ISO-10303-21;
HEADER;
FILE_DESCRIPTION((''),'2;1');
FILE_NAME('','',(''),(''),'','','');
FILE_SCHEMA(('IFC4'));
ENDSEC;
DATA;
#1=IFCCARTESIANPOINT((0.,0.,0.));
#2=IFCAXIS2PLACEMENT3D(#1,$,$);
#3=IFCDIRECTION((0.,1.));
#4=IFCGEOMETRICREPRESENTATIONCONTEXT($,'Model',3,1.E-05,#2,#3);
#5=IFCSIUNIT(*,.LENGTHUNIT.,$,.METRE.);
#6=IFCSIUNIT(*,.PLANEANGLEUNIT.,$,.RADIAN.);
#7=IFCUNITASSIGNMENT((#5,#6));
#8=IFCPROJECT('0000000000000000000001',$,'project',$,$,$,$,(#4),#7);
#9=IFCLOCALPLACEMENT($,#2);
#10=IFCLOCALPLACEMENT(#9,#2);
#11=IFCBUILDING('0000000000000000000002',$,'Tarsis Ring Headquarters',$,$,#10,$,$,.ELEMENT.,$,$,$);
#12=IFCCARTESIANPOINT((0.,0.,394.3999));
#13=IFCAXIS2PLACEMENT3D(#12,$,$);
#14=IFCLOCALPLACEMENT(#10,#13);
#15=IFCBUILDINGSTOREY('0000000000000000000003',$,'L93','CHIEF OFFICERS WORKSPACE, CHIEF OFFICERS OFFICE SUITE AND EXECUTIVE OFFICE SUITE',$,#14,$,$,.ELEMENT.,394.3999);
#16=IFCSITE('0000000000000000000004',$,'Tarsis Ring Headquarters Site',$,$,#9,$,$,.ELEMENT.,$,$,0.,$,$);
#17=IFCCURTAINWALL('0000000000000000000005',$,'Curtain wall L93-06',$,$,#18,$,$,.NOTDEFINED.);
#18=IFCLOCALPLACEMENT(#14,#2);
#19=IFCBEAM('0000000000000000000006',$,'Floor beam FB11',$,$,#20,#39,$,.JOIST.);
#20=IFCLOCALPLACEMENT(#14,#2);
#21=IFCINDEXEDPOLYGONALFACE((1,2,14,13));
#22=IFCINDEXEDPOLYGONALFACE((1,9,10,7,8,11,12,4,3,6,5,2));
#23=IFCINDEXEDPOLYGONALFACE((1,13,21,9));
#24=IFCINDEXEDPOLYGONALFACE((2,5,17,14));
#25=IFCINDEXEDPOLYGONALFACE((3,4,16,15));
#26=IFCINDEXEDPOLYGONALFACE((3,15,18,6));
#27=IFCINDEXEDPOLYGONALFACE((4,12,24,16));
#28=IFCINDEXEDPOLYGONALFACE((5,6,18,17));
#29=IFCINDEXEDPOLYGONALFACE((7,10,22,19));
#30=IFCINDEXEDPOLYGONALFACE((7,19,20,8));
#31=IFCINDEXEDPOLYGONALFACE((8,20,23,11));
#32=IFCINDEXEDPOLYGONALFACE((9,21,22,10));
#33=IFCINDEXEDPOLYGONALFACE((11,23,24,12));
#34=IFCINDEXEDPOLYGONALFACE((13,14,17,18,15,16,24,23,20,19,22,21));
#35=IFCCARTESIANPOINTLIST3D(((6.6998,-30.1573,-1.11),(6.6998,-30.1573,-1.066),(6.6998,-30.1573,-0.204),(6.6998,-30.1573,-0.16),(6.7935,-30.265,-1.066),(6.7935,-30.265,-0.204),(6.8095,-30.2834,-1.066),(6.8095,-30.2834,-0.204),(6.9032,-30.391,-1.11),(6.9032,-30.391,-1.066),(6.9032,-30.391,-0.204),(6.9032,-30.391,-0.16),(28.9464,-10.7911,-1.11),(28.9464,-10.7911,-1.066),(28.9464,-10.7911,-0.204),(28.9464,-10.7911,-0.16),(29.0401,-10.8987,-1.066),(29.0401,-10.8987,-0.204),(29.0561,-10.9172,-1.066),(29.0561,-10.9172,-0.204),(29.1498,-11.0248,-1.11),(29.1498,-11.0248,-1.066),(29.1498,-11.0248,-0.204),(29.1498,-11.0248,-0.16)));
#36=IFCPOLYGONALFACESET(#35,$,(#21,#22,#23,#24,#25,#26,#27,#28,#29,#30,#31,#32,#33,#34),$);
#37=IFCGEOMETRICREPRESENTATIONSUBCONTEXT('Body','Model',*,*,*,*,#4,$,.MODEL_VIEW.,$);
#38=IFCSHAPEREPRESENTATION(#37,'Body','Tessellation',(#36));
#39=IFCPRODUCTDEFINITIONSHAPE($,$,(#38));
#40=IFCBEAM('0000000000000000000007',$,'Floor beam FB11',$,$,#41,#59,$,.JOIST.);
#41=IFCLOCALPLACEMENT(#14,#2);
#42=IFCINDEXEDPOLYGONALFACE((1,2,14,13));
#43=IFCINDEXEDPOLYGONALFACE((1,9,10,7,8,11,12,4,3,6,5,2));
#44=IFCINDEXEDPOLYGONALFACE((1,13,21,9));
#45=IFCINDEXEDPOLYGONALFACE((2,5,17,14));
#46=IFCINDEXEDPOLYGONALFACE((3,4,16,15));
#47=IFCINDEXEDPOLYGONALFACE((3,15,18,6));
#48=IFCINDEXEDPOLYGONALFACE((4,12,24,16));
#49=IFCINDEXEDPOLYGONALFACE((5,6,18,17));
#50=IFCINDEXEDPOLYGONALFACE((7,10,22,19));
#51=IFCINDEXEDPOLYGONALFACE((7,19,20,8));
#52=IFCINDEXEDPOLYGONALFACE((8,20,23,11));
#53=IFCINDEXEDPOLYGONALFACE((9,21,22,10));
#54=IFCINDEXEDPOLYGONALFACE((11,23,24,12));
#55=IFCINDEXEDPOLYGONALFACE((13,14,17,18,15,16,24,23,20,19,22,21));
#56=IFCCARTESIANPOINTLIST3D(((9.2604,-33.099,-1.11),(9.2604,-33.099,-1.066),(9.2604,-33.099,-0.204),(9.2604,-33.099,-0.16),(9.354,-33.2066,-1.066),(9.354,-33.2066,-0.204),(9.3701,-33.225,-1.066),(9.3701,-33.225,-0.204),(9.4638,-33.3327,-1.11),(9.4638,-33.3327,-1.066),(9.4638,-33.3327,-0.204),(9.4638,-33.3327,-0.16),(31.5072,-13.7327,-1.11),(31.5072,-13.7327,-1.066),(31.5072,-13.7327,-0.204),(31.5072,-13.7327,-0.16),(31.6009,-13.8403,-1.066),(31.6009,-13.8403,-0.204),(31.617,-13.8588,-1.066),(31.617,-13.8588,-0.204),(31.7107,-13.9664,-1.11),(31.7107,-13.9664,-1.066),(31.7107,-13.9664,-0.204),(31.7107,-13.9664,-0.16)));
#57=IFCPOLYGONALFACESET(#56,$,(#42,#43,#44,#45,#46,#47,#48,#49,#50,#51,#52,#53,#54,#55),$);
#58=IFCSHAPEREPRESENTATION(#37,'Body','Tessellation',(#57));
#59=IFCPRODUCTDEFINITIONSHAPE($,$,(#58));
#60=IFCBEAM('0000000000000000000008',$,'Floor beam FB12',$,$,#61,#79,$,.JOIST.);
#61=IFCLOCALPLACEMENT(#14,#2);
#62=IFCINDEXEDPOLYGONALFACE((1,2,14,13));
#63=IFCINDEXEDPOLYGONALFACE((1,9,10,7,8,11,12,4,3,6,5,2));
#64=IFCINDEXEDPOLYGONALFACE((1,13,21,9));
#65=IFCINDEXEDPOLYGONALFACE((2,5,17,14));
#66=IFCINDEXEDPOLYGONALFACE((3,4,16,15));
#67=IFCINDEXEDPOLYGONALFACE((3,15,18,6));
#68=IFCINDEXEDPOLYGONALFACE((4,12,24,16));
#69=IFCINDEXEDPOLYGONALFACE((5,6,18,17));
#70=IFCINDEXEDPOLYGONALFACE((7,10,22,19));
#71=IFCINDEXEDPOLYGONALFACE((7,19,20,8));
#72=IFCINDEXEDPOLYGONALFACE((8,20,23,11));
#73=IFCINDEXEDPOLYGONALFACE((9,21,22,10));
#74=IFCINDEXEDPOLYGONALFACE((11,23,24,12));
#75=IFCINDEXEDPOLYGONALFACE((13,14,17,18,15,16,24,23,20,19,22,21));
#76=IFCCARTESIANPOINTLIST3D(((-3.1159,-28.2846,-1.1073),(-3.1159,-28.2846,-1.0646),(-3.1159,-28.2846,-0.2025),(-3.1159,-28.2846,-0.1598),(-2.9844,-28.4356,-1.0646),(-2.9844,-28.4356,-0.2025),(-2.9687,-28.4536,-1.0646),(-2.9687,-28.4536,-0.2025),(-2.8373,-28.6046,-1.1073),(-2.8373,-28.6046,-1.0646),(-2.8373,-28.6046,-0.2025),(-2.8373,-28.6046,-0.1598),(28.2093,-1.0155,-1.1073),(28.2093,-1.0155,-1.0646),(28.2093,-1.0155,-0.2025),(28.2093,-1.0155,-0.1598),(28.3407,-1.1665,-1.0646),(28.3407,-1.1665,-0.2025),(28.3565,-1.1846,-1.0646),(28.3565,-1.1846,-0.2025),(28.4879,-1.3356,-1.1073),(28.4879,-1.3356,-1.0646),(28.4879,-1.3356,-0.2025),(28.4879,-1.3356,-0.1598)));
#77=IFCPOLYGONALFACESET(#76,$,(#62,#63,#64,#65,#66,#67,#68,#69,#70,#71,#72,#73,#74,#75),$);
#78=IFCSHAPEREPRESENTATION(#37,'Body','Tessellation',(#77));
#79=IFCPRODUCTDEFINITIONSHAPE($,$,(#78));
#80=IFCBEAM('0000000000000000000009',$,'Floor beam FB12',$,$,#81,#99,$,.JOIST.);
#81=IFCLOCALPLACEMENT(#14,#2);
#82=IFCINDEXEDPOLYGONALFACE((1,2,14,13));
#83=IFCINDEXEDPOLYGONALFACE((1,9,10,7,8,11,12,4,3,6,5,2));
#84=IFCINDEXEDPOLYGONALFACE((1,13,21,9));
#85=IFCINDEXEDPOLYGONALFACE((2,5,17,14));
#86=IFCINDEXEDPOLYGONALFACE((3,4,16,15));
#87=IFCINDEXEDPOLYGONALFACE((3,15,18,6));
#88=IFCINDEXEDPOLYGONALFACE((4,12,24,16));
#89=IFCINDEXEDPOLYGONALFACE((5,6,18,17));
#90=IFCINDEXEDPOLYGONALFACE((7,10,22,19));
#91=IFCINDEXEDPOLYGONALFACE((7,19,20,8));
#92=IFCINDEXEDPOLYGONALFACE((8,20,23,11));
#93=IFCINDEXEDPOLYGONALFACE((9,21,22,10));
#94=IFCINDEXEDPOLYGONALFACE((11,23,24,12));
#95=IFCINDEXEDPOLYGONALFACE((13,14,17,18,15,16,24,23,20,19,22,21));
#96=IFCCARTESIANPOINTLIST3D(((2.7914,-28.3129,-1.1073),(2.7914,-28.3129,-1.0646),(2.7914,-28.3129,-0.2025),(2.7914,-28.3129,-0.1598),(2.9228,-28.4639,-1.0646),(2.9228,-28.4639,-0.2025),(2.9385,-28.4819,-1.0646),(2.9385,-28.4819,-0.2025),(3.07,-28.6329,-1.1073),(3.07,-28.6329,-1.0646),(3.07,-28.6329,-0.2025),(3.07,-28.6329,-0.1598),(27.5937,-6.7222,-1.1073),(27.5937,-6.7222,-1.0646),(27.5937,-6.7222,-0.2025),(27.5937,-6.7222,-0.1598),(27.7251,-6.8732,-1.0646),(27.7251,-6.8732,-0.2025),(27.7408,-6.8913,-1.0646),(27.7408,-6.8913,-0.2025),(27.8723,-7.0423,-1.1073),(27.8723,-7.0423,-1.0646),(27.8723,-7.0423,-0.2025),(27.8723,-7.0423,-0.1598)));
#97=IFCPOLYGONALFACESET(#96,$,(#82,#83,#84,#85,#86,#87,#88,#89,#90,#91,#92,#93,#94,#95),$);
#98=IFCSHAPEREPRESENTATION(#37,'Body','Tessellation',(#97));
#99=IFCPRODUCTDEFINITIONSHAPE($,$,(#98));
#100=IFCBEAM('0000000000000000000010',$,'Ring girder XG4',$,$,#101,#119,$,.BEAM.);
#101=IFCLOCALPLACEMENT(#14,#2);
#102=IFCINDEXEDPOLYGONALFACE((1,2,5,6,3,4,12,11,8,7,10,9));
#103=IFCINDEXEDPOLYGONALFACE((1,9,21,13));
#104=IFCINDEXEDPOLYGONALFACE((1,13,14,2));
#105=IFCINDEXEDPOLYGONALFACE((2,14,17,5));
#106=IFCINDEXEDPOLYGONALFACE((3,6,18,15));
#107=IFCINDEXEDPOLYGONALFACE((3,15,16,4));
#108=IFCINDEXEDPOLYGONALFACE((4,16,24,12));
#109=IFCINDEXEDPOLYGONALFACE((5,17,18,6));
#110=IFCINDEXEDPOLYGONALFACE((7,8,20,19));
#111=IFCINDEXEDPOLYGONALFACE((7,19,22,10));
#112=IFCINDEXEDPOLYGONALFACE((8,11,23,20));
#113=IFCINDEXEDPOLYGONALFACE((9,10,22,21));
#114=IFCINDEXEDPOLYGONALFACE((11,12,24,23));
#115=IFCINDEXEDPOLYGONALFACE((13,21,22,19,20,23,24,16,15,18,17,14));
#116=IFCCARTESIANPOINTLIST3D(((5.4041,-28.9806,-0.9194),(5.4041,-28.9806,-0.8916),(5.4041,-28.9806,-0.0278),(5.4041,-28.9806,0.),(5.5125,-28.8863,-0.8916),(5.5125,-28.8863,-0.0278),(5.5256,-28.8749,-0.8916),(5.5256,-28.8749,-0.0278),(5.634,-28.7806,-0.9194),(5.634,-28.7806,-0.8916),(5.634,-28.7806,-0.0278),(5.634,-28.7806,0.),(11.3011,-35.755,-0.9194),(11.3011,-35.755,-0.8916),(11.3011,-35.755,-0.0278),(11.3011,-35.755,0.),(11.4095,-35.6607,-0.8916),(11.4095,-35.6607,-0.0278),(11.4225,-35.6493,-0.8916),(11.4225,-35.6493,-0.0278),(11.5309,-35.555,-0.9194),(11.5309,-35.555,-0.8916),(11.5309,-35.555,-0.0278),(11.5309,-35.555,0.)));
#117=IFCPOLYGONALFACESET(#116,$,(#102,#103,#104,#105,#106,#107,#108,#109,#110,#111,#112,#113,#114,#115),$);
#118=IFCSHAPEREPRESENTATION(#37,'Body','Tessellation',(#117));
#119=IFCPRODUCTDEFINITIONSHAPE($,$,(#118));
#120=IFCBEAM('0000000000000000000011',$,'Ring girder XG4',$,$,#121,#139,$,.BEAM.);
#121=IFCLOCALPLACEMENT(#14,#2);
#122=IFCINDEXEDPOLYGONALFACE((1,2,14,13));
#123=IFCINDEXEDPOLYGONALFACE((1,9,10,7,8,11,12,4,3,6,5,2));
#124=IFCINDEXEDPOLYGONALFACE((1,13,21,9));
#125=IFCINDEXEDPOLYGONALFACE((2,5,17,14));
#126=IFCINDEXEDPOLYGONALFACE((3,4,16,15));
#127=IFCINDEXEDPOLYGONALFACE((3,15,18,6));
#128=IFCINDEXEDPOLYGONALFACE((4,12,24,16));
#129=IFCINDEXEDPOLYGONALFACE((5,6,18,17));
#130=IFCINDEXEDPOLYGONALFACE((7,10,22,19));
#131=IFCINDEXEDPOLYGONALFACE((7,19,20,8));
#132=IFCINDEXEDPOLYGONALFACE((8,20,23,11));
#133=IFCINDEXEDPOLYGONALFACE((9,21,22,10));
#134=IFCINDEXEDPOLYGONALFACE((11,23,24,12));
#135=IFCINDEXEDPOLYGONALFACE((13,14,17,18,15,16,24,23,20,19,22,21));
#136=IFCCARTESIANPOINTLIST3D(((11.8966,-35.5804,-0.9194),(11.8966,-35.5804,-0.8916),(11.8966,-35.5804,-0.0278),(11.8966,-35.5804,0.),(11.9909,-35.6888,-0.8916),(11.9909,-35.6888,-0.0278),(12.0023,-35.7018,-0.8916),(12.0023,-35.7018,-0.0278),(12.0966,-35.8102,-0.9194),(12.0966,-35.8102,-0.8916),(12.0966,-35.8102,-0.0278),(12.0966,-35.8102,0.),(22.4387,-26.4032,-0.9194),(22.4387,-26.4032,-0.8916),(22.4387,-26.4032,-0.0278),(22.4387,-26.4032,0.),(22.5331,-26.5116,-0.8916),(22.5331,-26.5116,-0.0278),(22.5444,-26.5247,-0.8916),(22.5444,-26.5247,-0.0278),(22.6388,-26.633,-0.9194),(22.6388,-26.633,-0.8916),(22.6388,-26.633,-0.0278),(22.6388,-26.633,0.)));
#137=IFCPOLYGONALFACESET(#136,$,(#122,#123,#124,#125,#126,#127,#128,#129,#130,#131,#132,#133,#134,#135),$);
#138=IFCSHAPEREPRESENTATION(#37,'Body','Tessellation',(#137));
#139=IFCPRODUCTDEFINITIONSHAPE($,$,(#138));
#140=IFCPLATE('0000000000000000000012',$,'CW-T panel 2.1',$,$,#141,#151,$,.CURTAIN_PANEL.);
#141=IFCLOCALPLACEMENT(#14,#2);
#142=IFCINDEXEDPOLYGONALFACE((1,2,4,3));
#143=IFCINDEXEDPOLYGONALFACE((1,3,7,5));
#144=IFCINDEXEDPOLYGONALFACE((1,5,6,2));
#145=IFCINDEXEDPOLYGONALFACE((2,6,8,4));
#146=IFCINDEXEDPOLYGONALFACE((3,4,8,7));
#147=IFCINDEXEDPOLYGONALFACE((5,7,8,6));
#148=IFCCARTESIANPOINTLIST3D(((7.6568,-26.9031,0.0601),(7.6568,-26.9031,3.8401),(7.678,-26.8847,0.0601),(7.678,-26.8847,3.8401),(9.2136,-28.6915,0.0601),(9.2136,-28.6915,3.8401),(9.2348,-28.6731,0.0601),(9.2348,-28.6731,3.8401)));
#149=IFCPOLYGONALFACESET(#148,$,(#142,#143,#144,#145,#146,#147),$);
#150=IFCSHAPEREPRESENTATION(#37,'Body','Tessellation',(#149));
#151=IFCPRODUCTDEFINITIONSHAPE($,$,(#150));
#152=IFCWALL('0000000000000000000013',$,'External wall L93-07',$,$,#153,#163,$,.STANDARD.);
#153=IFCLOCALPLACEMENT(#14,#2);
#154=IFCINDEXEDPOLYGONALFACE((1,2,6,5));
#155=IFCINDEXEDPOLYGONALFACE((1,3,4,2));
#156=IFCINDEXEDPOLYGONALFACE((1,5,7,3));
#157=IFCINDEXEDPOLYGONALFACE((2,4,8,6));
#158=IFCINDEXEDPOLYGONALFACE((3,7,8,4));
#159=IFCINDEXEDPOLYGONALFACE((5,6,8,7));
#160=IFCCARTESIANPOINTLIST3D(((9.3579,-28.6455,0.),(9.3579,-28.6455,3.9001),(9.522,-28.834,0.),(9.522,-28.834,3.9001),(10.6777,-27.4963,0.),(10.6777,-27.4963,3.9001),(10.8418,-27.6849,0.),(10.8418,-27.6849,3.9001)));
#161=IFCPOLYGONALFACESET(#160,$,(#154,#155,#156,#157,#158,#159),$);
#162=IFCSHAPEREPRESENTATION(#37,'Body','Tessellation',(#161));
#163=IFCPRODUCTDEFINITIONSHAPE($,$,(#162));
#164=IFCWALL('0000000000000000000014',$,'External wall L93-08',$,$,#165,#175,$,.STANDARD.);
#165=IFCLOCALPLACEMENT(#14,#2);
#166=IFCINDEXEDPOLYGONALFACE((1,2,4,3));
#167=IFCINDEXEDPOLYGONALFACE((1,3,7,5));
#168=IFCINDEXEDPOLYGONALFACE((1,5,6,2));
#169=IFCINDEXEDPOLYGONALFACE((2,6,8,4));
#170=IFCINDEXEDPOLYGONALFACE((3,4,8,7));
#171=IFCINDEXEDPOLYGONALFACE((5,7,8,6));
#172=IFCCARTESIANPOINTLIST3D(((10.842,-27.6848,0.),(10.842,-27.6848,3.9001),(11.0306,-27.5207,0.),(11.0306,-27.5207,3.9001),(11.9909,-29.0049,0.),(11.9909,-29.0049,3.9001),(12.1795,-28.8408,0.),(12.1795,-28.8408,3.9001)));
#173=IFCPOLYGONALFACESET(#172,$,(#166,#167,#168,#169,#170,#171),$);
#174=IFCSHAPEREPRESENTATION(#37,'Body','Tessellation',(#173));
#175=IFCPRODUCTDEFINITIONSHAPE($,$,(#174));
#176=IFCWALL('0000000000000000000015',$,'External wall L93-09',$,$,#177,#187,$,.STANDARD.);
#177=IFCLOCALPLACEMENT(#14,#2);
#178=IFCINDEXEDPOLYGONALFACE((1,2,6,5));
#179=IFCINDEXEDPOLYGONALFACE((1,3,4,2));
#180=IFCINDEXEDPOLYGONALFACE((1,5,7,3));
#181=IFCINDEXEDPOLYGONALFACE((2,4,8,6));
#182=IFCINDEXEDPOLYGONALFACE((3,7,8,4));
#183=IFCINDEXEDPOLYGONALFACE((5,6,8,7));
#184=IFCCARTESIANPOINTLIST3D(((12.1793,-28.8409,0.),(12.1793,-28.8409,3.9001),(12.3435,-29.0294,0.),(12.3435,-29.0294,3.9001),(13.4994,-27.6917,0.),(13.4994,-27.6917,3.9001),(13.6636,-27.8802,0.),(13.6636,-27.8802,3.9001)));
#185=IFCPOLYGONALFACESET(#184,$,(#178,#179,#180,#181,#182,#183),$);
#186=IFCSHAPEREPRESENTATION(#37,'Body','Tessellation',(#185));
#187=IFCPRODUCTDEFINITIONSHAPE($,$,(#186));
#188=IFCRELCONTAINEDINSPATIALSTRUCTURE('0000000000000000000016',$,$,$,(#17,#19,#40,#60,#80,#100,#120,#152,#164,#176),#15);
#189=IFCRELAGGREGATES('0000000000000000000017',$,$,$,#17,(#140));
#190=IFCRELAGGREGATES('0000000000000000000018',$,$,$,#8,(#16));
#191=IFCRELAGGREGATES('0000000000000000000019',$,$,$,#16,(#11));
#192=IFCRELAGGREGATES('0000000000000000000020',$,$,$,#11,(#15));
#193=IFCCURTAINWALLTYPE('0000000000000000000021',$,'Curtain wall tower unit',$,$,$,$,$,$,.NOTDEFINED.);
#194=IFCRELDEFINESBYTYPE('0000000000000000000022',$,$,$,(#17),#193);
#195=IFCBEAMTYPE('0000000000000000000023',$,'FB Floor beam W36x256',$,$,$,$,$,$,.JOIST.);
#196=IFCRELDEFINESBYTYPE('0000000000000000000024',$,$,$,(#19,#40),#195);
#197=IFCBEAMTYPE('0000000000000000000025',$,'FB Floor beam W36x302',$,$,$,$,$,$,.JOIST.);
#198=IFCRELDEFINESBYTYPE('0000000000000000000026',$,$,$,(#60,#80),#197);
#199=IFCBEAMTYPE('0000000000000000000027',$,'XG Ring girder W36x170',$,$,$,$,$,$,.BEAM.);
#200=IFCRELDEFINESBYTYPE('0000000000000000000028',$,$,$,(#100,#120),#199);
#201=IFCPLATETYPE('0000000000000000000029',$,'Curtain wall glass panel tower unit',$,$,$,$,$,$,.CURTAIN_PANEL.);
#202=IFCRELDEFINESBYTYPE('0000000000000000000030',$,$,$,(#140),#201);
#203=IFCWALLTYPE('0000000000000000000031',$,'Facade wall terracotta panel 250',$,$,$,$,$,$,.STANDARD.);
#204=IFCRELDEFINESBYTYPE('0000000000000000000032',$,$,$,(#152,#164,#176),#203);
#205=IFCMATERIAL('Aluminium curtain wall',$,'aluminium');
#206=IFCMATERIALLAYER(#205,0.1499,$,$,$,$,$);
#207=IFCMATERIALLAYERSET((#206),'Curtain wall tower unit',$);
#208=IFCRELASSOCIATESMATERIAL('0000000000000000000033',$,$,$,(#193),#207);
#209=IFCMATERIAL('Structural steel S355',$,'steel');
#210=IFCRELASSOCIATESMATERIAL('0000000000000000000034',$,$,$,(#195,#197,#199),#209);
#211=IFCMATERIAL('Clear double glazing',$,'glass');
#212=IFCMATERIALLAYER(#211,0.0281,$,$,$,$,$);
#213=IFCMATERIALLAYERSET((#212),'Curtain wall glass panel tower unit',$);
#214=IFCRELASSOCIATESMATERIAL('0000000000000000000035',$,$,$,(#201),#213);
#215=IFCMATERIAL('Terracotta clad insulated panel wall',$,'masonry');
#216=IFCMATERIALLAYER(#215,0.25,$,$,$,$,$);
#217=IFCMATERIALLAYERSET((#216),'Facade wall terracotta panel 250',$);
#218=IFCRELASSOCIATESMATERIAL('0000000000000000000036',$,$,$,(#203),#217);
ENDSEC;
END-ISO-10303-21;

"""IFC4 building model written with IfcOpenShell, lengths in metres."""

from ifc_helpers import new_model, si_unit, direction, frame, frame_2d, origin, origin_2d, place, context, subcontext, project, spatial, rectangle, i_section, extrude, material, layer, layer_set, material_profile, profile_set, type_object, element, aggregate, save


model = new_model("IFC4")

# Units and contexts
model_context = context("Model", 3, precision=1e-05, world=origin(), true_north=direction((0.0, 1.0)))
body_context = subcontext(model_context, "Body", "Model", "MODEL_VIEW")
ifc_project = project(units=[si_unit("LENGTHUNIT", "METRE"), si_unit("PLANEANGLEUNIT", "RADIAN")], contexts=[model_context])

# Site, building, storey
site_placement = place(None, origin())
site = spatial("IfcSite", under=ifc_project, at=site_placement, Name="Tarsis Ring Headquarters Site", CompositionType="ELEMENT", RefElevation=0.0)
building_placement = place(site_placement, origin())
building = spatial("IfcBuilding", under=site, at=building_placement, Name="Tarsis Ring Headquarters", CompositionType="ELEMENT")
storey_placement = place(building_placement, frame((0.0, 0.0, 394.3999)))
storey = spatial("IfcBuildingStorey", under=building, at=storey_placement, Name="L93", Description="CHIEF OFFICERS WORKSPACE, CHIEF OFFICERS OFFICE SUITE AND EXECUTIVE OFFICE SUITE", CompositionType="ELEMENT", Elevation=394.3999)

# Shared definitions
ifc_material_1 = material(Name="Structural steel S355", Category="steel")

# Curtain wall
ifc_material_2 = material(Name="Aluminium curtain wall", Category="aluminium")
ifc_layer_1 = layer(ifc_material_2, 0.1499)
ifc_layer_set_1 = layer_set([ifc_layer_1], Name="Curtain wall tower unit")
curtain_wall_type = type_object("IfcCurtainWallType", Name="Curtain wall tower unit", PredefinedType="NOTDEFINED", material=ifc_layer_set_1)
curtain_wall_placement = place(storey_placement, origin())
curtain_wall = element("IfcCurtainWall", 1, at=curtain_wall_placement, inside=storey, type_object=curtain_wall_type, Name="Curtain wall L93-06", PredefinedType="NOTDEFINED")

# Beams
ifc_material_profile_1 = material_profile(ifc_material_1, i_section(OverallWidth=0.3098, OverallDepth=0.95, WebThickness=0.0244, FlangeThickness=0.0439, at=origin_2d()), Name="W36x256")
ifc_profile_set_1 = profile_set([ifc_material_profile_1], Name="Structural steel S355")
beam_type_1 = type_object("IfcBeamType", Name="FB Floor beam W36x256", PredefinedType="JOIST", material=ifc_profile_set_1)
beam_1_placement = place(storey_placement, frame((6.8015, -30.2742, -0.635), z_axis=(0.754247, 0.656591, 0.0), x_axis=(-0.656591, 0.754247, 0.0)))
element("IfcBeam", 2, at=beam_1_placement, inside=storey, type_object=beam_type_1, Name="Floor beam FB11", PredefinedType="JOIST", context=body_context, shape_type="SweptSolid", body=[
    extrude(i_section(OverallWidth=0.3098, OverallDepth=0.95, WebThickness=0.0244, FlangeThickness=0.0439, at=origin_2d()), origin(), (0.0, 0.0, 1.0), 29.4951),
])
beam_2_placement = place(storey_placement, frame((9.3621, -33.2158, -0.635), z_axis=(0.75425, 0.656587, 0.0), x_axis=(-0.656587, 0.75425, 0.0)))
element("IfcBeam", 3, at=beam_2_placement, inside=storey, type_object=beam_type_1, Name="Floor beam FB11", PredefinedType="JOIST", context=body_context, shape_type="SweptSolid", body=[
    extrude(i_section(OverallWidth=0.3098, OverallDepth=0.95, WebThickness=0.0244, FlangeThickness=0.0439, at=origin_2d()), origin(), (0.0, 0.0, 1.0), 29.4954),
])
ifc_material_profile_2 = material_profile(ifc_material_1, i_section(OverallWidth=0.4243, OverallDepth=0.9475, WebThickness=0.0239, FlangeThickness=0.0427, at=origin_2d()), Name="W36x302")
ifc_profile_set_2 = profile_set([ifc_material_profile_2], Name="Structural steel S355")
beam_type_2 = type_object("IfcBeamType", Name="FB Floor beam W36x302", PredefinedType="JOIST", material=ifc_profile_set_2)
beam_3_placement = place(storey_placement, frame((-2.9766, -28.4446, -0.6335), z_axis=(0.754251, 0.656586, 0.0), x_axis=(-0.656586, 0.754251, 0.0)))
element("IfcBeam", 4, at=beam_3_placement, inside=storey, type_object=beam_type_2, Name="Floor beam FB12", PredefinedType="JOIST", context=body_context, shape_type="SweptSolid", body=[
    extrude(i_section(OverallWidth=0.4243, OverallDepth=0.9475, WebThickness=0.0239, FlangeThickness=0.0427, at=origin_2d()), origin(), (0.0, 0.0, 1.0), 41.5315),
])
beam_4_placement = place(storey_placement, frame((2.9307, -28.4729, -0.6335), z_axis=(0.754253, 0.656584, 0.0), x_axis=(-0.656584, 0.754253, 0.0)))
element("IfcBeam", 5, at=beam_4_placement, inside=storey, type_object=beam_type_2, Name="Floor beam FB12", PredefinedType="JOIST", context=body_context, shape_type="SweptSolid", body=[
    extrude(i_section(OverallWidth=0.4243, OverallDepth=0.9475, WebThickness=0.0239, FlangeThickness=0.0427, at=origin_2d()), origin(), (0.0, 0.0, 1.0), 32.8833),
])
ifc_material_profile_3 = material_profile(ifc_material_1, i_section(OverallWidth=0.3047, OverallDepth=0.9194, WebThickness=0.0173, FlangeThickness=0.0278, at=origin_2d()), Name="W36x170")
ifc_profile_set_3 = profile_set([ifc_material_profile_3], Name="Structural steel S355")
beam_type_3 = type_object("IfcBeamType", Name="XG Ring girder W36x170", PredefinedType="BEAM", material=ifc_profile_set_3)
beam_5_placement = place(storey_placement, frame((5.519, -28.8806, -0.4597), z_axis=(0.65657, -0.754265, 0.0), x_axis=(0.754265, 0.65657, 0.0)))
element("IfcBeam", 6, at=beam_5_placement, inside=storey, type_object=beam_type_3, Name="Ring girder XG4", PredefinedType="BEAM", context=body_context, shape_type="SweptSolid", body=[
    extrude(i_section(OverallWidth=0.3047, OverallDepth=0.9194, WebThickness=0.0173, FlangeThickness=0.0278, at=origin_2d()), origin(), (0.0, 0.0, 1.0), 8.9814),
])
beam_6_placement = place(storey_placement, frame((11.9966, -35.6953, -0.4597), z_axis=(0.754248, 0.656589, 0.0), x_axis=(-0.656589, 0.754248, 0.0)))
element("IfcBeam", 7, at=beam_6_placement, inside=storey, type_object=beam_type_3, Name="Ring girder XG4", PredefinedType="BEAM", context=body_context, shape_type="SweptSolid", body=[
    extrude(i_section(OverallWidth=0.3047, OverallDepth=0.9194, WebThickness=0.0173, FlangeThickness=0.0278, at=origin_2d()), origin(), (0.0, 0.0, 1.0), 13.9771),
])

# Plate
ifc_material_3 = material(Name="Clear double glazing", Category="glass")
ifc_layer_2 = layer(ifc_material_3, 0.0281)
ifc_layer_set_2 = layer_set([ifc_layer_2], Name="Curtain wall glass panel tower unit")
plate_type = type_object("IfcPlateType", Name="Curtain wall glass panel tower unit", PredefinedType="CURTAIN_PANEL", material=ifc_layer_set_2)
plate_placement = place(storey_placement, frame((8.4458, -27.7881, 0.0601), z_axis=(0.0, 0.0, 1.0), x_axis=(0.656586, -0.754251, 0.0)))
plate = element("IfcPlate", 8, at=plate_placement, type_object=plate_type, Name="CW-T panel 2.1", PredefinedType="CURTAIN_PANEL", context=body_context, shape_type="SweptSolid", body=[
    extrude(rectangle(XDim=2.3711, YDim=0.0281, at=origin_2d()), origin(), (0.0, 0.0, 1.0), 3.78),
])
aggregate(curtain_wall, [plate])

# Walls
ifc_material_4 = material(Name="Terracotta clad insulated panel wall", Category="masonry")
ifc_layer_3 = layer(ifc_material_4, 0.25)
ifc_layer_set_3 = layer_set([ifc_layer_3], Name="Facade wall terracotta panel 250")
wall_type = type_object("IfcWallType", Name="Facade wall terracotta panel 250", PredefinedType="STANDARD", material=ifc_layer_set_3)
for number, where, z_axis, x_axis, name in (
    (9, (9.4399, -28.7397, 0.0), (0.0, 0.0, 1.0), (0.754182, 0.656666, 0.0), "External wall L93-07"),
    (10, (10.9363, -27.6028, 0.0), (0.0, 0.0, 1.0), (0.656517, -0.754311, 0.0), "External wall L93-08"),
):
    element("IfcWall", number, at=place(storey_placement, frame(where, z_axis=z_axis, x_axis=x_axis)), inside=storey, type_object=wall_type, Name=name, PredefinedType="STANDARD", context=body_context, shape_type="SweptSolid", body=[
        extrude(rectangle(XDim=1.75, YDim=0.25, at=frame_2d((0.875, 0.0))), origin(), (0.0, 0.0, 1.0), 3.9001),
    ])
wall_placement = place(storey_placement, frame((12.2615, -28.9351, 0.0), z_axis=(0.0, 0.0, 1.0), x_axis=(0.754242, 0.656596, 0.0)))
element("IfcWall", 11, at=wall_placement, inside=storey, type_object=wall_type, Name="External wall L93-09", PredefinedType="STANDARD", context=body_context, shape_type="SweptSolid", body=[
    extrude(rectangle(XDim=1.7502, YDim=0.25, at=frame_2d((0.875, 0.0))), origin(), (0.0, 0.0, 1.0), 3.9001),
])

save(model, "model.ifc")
